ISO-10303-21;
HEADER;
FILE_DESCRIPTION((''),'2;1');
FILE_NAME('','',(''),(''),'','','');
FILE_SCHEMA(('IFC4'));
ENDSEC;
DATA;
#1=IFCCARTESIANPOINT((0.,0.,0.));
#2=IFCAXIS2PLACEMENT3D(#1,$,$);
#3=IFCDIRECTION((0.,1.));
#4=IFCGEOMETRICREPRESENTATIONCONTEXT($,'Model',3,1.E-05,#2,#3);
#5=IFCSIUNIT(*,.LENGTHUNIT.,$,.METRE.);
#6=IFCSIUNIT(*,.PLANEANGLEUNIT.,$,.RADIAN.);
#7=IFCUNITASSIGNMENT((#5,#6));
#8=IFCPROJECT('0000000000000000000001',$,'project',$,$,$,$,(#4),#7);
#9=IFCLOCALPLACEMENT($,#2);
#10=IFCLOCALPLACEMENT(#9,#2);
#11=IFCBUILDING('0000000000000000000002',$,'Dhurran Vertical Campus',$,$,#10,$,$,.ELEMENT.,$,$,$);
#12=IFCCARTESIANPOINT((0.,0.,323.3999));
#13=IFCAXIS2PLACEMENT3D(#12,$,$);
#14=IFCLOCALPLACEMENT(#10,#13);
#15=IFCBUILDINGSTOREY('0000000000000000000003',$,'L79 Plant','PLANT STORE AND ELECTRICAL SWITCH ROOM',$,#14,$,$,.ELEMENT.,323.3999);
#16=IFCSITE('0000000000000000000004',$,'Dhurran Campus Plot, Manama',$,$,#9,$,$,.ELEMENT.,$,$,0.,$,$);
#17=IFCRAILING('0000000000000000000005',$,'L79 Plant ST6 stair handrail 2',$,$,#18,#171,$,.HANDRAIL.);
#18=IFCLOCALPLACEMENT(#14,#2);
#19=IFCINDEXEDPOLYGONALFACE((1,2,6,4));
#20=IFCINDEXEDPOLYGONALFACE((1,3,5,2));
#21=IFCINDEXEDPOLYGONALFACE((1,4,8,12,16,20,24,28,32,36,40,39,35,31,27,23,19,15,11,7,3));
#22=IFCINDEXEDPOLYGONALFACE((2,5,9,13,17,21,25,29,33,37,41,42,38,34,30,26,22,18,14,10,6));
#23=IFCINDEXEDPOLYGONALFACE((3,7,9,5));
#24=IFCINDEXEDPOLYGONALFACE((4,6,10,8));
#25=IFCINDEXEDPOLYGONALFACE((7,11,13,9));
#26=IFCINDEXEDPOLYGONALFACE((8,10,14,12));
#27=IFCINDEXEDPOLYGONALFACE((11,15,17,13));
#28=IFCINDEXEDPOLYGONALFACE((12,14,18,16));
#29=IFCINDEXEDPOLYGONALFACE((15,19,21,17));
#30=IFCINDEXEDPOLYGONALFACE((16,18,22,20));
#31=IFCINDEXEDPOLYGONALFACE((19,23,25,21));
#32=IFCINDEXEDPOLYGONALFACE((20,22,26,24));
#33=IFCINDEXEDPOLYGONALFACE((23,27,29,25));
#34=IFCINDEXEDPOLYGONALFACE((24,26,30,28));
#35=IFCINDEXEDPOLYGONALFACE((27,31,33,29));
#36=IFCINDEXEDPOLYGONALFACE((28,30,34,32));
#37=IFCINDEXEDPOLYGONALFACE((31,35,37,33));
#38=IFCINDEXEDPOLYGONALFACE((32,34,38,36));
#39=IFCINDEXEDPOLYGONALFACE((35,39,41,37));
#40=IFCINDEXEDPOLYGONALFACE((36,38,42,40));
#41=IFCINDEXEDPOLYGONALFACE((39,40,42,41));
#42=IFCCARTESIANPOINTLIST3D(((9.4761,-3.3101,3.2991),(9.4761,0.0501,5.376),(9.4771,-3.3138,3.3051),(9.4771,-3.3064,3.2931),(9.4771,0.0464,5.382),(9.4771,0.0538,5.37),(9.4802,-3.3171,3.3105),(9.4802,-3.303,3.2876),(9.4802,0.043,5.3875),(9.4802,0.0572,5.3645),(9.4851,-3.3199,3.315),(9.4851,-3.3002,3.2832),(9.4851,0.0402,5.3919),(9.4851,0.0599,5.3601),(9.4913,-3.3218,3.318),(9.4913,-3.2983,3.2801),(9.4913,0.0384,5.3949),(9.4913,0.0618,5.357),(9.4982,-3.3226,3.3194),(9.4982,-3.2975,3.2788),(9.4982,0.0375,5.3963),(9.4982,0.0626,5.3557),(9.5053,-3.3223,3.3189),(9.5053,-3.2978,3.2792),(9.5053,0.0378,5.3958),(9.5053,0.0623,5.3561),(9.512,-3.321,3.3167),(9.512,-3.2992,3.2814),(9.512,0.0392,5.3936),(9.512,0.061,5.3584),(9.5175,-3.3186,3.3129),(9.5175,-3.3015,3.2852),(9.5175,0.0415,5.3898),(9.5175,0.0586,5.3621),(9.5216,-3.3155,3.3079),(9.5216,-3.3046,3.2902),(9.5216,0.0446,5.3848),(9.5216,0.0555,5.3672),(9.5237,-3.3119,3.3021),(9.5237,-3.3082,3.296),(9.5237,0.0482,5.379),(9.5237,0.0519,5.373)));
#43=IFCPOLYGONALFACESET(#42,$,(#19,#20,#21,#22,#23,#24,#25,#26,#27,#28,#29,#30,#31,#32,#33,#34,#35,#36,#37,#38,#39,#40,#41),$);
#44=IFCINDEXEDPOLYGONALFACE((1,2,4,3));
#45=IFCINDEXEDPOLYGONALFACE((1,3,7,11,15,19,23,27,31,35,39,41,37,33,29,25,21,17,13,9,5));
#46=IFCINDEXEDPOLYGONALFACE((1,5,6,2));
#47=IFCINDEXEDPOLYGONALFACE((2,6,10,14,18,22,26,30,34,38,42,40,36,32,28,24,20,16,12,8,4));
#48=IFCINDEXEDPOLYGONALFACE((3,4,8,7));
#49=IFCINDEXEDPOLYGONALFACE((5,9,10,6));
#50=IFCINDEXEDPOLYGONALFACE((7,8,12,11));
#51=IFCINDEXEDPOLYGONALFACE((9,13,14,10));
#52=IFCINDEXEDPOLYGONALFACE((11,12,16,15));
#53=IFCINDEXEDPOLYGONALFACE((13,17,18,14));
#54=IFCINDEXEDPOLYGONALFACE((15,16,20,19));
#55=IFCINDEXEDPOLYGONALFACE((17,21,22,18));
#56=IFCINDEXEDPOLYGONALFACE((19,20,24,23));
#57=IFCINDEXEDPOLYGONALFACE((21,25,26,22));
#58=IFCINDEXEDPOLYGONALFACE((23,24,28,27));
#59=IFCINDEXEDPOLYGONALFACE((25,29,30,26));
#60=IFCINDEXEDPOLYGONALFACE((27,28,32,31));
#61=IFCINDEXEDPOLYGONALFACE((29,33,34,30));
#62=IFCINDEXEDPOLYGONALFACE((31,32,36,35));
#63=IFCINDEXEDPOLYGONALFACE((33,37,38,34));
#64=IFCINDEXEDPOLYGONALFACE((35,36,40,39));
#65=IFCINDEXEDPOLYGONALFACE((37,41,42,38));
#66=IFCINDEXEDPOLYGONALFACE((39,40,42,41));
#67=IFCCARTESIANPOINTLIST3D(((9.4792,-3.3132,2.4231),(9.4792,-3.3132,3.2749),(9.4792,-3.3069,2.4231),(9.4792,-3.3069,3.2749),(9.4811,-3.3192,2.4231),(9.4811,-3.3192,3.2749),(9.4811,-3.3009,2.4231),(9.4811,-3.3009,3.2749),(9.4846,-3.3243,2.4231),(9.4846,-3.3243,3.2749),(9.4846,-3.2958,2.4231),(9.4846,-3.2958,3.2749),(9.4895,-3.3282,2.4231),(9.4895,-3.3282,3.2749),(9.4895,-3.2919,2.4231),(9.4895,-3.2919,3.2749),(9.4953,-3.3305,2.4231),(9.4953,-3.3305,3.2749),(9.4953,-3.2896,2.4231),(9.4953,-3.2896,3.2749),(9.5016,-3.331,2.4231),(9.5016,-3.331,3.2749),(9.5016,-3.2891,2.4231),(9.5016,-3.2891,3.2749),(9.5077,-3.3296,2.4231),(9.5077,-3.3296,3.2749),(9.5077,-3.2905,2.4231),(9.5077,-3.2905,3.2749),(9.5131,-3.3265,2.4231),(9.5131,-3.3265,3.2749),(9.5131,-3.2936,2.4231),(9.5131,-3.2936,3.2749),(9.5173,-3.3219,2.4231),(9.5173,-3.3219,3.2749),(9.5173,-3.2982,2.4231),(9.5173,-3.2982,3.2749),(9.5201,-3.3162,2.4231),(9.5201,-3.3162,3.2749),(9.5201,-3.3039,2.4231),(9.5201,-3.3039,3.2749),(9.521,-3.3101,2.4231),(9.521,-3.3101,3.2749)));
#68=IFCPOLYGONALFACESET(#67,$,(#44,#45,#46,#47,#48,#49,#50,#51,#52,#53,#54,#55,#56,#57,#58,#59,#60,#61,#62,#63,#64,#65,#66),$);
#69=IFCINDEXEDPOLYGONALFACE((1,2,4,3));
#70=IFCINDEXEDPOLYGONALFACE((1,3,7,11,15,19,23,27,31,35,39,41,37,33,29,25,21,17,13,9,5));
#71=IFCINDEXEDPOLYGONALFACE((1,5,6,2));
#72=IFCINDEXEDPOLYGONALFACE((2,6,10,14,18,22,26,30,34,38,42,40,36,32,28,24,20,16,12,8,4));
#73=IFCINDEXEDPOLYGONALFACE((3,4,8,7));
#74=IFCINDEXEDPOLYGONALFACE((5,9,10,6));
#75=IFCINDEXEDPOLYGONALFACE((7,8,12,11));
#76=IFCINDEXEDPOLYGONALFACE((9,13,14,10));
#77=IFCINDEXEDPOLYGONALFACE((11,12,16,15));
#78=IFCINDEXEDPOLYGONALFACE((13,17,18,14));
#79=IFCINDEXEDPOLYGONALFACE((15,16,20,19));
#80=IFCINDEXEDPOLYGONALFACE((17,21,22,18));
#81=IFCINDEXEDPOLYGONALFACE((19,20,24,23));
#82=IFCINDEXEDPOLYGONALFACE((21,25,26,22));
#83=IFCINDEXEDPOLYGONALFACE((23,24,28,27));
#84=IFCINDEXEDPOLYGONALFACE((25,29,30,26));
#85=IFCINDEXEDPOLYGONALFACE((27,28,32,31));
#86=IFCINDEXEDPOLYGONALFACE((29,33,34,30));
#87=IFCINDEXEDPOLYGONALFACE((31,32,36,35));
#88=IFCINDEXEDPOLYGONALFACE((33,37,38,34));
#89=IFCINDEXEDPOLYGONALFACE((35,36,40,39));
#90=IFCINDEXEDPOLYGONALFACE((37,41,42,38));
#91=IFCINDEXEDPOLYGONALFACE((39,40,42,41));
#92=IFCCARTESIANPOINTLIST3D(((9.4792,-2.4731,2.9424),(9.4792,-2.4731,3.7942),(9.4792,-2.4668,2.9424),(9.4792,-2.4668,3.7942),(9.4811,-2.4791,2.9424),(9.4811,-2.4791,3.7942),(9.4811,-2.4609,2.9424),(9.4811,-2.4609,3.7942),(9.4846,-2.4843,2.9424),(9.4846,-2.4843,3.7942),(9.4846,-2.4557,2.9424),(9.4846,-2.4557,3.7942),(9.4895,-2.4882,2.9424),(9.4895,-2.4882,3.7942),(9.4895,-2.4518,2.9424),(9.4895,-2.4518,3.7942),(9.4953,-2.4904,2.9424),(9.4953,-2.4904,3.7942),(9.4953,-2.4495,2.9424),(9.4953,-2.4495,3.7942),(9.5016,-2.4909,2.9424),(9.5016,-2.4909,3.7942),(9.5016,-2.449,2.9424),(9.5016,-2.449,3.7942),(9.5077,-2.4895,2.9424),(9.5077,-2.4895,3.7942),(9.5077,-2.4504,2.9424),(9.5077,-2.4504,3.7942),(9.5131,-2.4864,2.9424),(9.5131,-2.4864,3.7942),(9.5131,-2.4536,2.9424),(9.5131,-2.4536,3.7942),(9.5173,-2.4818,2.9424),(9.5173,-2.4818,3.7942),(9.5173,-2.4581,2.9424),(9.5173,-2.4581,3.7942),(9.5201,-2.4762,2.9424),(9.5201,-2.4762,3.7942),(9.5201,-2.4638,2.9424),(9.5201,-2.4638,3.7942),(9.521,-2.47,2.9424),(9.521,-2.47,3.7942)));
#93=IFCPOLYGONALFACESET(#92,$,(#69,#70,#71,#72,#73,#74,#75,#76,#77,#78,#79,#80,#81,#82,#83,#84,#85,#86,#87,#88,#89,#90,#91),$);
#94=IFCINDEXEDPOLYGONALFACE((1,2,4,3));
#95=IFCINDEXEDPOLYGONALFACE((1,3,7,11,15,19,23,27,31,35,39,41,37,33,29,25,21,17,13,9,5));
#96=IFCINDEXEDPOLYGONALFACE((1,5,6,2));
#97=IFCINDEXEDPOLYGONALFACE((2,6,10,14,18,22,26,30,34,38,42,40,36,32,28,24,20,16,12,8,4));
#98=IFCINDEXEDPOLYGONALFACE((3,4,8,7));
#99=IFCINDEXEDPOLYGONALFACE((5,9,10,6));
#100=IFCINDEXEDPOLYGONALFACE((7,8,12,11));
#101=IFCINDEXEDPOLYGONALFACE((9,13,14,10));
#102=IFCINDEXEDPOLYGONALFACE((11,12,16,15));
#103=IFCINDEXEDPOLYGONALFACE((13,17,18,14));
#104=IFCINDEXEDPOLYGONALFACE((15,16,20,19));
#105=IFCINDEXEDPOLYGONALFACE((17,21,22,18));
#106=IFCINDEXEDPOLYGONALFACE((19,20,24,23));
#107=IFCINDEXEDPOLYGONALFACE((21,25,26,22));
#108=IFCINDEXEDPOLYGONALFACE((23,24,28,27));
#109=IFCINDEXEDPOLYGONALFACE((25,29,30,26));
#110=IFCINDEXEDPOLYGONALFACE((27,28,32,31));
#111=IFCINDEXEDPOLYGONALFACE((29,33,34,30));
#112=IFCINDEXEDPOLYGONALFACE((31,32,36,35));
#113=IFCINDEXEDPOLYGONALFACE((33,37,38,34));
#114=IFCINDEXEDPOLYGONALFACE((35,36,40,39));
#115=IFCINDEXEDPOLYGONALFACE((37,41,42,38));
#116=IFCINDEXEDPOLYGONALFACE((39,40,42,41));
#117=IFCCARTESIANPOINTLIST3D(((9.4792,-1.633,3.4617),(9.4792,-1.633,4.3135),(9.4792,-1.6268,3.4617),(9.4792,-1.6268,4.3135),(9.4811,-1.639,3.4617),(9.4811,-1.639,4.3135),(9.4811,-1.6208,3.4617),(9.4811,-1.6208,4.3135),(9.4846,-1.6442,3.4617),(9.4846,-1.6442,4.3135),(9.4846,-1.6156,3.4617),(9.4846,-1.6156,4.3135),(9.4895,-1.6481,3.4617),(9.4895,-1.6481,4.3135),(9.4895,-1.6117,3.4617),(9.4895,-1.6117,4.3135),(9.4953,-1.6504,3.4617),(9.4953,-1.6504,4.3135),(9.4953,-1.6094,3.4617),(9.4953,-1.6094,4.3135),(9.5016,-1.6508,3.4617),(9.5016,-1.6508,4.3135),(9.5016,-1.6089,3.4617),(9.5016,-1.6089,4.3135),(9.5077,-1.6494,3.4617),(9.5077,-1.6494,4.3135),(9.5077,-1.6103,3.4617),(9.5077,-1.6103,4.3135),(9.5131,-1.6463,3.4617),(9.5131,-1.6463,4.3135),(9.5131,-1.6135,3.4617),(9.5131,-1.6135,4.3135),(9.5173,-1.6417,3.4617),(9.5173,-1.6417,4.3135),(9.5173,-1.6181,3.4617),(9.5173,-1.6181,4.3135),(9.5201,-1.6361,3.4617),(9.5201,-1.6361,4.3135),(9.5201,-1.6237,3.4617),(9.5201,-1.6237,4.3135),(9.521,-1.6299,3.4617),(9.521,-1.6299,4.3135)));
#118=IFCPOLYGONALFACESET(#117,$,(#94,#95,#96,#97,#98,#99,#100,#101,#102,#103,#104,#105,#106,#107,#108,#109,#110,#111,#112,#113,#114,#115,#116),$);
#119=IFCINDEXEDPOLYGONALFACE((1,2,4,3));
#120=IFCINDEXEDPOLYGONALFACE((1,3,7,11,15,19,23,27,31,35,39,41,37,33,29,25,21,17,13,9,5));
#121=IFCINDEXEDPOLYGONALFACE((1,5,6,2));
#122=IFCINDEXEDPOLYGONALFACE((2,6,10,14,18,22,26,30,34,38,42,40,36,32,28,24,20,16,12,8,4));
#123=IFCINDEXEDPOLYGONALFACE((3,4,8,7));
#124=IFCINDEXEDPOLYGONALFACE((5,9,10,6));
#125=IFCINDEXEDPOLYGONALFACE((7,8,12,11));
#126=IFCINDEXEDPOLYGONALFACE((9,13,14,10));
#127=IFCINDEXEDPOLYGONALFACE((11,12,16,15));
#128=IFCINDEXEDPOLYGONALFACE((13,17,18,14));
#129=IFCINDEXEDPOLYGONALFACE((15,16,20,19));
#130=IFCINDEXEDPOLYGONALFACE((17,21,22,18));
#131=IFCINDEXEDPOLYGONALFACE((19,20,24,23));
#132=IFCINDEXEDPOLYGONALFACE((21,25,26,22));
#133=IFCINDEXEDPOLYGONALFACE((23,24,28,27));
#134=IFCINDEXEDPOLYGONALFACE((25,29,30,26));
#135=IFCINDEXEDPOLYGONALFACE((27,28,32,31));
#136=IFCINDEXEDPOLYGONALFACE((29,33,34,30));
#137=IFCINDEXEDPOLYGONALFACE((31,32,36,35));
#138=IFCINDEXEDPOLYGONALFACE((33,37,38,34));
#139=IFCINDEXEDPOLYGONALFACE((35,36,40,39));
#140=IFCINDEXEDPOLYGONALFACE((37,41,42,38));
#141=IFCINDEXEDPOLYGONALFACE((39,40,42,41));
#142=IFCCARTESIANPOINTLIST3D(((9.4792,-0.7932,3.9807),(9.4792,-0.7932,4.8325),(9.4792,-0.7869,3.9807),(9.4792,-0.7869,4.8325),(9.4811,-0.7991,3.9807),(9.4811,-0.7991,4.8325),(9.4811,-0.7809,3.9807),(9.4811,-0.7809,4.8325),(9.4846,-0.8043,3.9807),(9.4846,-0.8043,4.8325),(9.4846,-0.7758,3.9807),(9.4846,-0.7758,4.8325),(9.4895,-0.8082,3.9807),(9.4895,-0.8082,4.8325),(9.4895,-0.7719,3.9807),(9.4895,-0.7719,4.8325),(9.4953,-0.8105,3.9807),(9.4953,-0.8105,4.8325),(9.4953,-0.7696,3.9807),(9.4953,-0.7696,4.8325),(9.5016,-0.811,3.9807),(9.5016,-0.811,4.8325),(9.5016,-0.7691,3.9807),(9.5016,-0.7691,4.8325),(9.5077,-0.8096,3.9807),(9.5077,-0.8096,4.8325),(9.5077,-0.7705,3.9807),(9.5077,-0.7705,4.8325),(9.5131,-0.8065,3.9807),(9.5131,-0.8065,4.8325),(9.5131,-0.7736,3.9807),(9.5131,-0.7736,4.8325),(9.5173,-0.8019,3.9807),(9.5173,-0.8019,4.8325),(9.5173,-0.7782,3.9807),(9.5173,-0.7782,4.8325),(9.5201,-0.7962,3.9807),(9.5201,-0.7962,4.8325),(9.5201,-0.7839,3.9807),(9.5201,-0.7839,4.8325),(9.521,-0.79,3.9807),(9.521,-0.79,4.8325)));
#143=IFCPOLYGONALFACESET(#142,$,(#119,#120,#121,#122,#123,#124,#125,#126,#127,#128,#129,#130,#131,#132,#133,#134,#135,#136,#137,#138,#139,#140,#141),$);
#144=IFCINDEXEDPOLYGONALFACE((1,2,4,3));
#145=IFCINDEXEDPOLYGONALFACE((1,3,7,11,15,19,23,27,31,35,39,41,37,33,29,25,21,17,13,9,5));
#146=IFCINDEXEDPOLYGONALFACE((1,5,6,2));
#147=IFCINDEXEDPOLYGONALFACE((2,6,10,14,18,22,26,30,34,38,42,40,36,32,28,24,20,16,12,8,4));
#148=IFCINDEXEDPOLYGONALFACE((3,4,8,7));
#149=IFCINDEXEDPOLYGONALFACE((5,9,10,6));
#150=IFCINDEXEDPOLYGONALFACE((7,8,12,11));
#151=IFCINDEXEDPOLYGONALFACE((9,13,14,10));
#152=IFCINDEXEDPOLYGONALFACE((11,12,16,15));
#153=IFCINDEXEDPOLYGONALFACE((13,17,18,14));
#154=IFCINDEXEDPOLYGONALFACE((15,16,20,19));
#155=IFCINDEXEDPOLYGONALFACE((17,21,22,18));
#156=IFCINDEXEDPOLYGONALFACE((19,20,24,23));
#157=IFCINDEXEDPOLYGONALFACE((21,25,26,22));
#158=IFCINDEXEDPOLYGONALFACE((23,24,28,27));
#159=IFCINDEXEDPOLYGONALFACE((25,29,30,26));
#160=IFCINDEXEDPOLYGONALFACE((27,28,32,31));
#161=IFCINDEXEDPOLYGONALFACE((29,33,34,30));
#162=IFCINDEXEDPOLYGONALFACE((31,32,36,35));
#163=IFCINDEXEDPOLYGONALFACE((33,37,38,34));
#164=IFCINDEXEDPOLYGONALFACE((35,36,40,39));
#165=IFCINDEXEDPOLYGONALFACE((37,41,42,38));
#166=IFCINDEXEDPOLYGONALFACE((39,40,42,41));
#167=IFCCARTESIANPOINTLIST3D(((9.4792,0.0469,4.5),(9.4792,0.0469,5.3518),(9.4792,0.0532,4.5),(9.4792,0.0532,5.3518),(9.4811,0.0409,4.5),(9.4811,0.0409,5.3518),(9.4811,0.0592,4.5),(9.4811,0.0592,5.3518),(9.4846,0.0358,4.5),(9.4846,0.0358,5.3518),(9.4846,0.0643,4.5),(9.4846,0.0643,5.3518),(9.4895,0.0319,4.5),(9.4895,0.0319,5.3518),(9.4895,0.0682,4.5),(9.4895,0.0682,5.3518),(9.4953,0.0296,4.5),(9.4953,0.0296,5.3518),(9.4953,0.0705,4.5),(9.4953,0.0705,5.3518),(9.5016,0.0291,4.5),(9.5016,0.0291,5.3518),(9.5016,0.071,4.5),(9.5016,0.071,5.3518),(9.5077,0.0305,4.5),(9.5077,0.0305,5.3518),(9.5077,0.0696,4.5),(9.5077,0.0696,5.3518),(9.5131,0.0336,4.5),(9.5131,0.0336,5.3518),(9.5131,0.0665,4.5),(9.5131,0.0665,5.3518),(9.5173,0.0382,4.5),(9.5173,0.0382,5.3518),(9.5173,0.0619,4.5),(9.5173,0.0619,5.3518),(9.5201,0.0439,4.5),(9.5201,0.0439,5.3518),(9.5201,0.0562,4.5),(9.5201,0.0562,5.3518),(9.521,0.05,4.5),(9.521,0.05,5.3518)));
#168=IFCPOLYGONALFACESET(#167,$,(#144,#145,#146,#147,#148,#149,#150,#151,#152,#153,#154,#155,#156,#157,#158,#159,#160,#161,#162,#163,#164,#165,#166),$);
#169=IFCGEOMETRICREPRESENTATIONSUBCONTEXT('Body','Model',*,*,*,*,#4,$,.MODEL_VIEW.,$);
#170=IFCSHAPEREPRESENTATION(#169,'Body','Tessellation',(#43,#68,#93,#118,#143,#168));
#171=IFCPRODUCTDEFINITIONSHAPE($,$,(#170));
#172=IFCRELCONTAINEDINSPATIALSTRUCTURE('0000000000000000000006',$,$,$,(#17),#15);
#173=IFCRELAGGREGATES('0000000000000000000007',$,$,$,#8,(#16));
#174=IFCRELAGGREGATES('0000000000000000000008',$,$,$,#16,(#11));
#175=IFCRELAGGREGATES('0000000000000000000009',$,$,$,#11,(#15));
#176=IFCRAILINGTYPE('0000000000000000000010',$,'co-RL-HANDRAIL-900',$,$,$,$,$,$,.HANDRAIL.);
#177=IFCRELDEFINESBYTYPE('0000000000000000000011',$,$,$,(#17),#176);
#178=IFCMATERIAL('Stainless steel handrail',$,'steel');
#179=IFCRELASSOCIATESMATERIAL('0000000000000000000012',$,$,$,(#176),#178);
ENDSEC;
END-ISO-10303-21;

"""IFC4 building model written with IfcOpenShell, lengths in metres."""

from ifc_helpers import new_model, si_unit, direction, frame, origin, origin_2d, place, context, subcontext, project, spatial, circle, extrude, material, type_object, element, save


model = new_model("IFC4")

# Units and contexts
model_context = context("Model", 3, precision=1e-05, world=origin(), true_north=direction((0.0, 1.0)))
body_context = subcontext(model_context, "Body", "Model", "MODEL_VIEW")
ifc_project = project(units=[si_unit("LENGTHUNIT", "METRE"), si_unit("PLANEANGLEUNIT", "RADIAN")], contexts=[model_context])

# Site, building, storey
site_placement = place(None, origin())
site = spatial("IfcSite", under=ifc_project, at=site_placement, Name="Dhurran Campus Plot, Manama", CompositionType="ELEMENT", RefElevation=0.0)
building_placement = place(site_placement, origin())
building = spatial("IfcBuilding", under=site, at=building_placement, Name="Dhurran Vertical Campus", CompositionType="ELEMENT")
storey_placement = place(building_placement, frame((0.0, 0.0, 323.3999)))
storey = spatial("IfcBuildingStorey", under=building, at=storey_placement, Name="L79 Plant", Description="PLANT STORE AND ELECTRICAL SWITCH ROOM", CompositionType="ELEMENT", Elevation=323.3999)

# Railing
ifc_material_1 = material(Name="Stainless steel handrail", Category="steel")
railing_type = type_object("IfcRailingType", Name="co-RL-HANDRAIL-900", PredefinedType="HANDRAIL", material=ifc_material_1)
railing_placement = place(storey_placement, frame((9.5, -3.3101, 2.4231)))
element("IfcRailing", 1, at=railing_placement, inside=storey, type_object=railing_type, Name="L79 Plant ST6 stair handrail 2", PredefinedType="HANDRAIL", context=body_context, shape_type="SweptSolid", body=[
    extrude(circle(Radius=0.0239, at=origin_2d()), frame((0.0, 0.0, 0.876), z_axis=(0.0, 0.850623, 0.525776), x_axis=(-1.0, 0.0, 0.0)), (0.0, 0.0, 1.0), 3.9502),
    extrude(circle(Radius=0.021, at=origin_2d()), origin(), (0.0, 0.0, 1.0), 0.8518),
    extrude(circle(Radius=0.021, at=origin_2d()), frame((0.0, 0.8401, 0.5193)), (0.0, 0.0, 1.0), 0.8518),
    extrude(circle(Radius=0.021, at=origin_2d()), frame((0.0, 1.6802, 1.0386)), (0.0, 0.0, 1.0), 0.8518),
    extrude(circle(Radius=0.021, at=origin_2d()), frame((0.0, 2.52, 1.5576)), (0.0, 0.0, 1.0), 0.8518),
    extrude(circle(Radius=0.021, at=origin_2d()), frame((0.0, 3.3601, 2.0769)), (0.0, 0.0, 1.0), 0.8518),
])

save(model, "model.ifc")
